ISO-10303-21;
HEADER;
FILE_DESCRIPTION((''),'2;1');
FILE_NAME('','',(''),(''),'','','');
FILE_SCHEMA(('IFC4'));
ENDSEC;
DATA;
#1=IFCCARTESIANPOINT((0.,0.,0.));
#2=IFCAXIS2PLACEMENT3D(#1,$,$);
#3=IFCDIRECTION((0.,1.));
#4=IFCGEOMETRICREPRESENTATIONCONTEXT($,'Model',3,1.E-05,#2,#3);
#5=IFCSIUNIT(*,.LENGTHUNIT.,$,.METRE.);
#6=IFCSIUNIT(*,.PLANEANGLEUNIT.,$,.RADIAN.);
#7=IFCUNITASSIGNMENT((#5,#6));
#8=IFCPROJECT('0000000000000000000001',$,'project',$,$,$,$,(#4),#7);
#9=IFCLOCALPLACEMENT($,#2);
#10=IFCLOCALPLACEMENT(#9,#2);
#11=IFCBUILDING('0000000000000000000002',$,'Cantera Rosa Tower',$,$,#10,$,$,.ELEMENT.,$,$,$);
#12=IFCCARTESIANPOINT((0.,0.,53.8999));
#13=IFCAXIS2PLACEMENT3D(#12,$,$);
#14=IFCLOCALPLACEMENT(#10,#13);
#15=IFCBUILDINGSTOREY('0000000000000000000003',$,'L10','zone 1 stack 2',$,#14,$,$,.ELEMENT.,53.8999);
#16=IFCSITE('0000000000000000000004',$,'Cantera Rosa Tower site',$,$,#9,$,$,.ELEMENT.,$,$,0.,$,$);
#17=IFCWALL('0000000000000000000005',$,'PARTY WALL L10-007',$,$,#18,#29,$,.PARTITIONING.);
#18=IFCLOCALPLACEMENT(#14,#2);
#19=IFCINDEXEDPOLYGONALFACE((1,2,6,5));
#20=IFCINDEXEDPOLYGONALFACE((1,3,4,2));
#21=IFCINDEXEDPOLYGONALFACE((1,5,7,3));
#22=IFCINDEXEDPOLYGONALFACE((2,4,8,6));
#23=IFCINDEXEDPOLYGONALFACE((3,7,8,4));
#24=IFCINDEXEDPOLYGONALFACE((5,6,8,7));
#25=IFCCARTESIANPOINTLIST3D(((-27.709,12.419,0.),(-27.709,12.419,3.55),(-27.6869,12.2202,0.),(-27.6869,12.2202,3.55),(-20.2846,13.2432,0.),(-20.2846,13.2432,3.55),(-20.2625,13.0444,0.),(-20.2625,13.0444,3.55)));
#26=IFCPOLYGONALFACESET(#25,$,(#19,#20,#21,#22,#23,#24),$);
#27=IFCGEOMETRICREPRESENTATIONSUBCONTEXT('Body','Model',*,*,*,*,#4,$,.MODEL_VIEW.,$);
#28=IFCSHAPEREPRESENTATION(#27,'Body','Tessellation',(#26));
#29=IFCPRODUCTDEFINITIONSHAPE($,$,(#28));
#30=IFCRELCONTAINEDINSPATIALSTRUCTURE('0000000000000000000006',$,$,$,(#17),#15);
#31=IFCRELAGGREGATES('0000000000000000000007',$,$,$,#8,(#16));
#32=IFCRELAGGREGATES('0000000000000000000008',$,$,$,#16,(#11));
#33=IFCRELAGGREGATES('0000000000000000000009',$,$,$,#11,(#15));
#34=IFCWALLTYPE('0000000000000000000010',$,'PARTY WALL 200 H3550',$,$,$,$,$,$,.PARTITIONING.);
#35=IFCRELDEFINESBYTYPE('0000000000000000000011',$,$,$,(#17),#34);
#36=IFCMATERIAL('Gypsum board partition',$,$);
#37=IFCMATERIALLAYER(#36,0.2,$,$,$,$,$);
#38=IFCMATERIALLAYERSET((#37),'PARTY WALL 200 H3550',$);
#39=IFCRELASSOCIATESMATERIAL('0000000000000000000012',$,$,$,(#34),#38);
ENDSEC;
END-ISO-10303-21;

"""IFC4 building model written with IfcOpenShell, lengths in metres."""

from ifc_helpers import new_model, si_unit, direction, frame, frame_2d, origin, place, context, subcontext, project, spatial, rectangle, extrude, material, layer, layer_set, type_object, element, save


model = new_model("IFC4")

# Units and contexts
model_context = context("Model", 3, precision=1e-05, world=origin(), true_north=direction((0.0, 1.0)))
body_context = subcontext(model_context, "Body", "Model", "MODEL_VIEW")
ifc_project = project(units=[si_unit("LENGTHUNIT", "METRE"), si_unit("PLANEANGLEUNIT", "RADIAN")], contexts=[model_context])

# Site, building, storey
site_placement = place(None, origin())
site = spatial("IfcSite", under=ifc_project, at=site_placement, Name="Cantera Rosa Tower site", CompositionType="ELEMENT", RefElevation=0.0)
building_placement = place(site_placement, origin())
building = spatial("IfcBuilding", under=site, at=building_placement, Name="Cantera Rosa Tower", CompositionType="ELEMENT")
storey_placement = place(building_placement, frame((0.0, 0.0, 53.8999)))
storey = spatial("IfcBuildingStorey", under=building, at=storey_placement, Name="L10", Description="zone 1 stack 2", CompositionType="ELEMENT", Elevation=53.8999)

# Wall
ifc_material_1 = material(Name="Gypsum board partition")
ifc_layer_1 = layer(ifc_material_1, 0.2)
ifc_layer_set_1 = layer_set([ifc_layer_1], Name="PARTY WALL 200 H3550")
wall_type_1 = type_object("IfcWallType", Name="PARTY WALL 200 H3550", PredefinedType="PARTITIONING", material=ifc_layer_set_1)
wall_1_placement = place(storey_placement, frame((-20.2737, 13.1438, 0.0), z_axis=(0.0, 0.0, 1.0), x_axis=(-0.993894, -0.110338, 0.0)))
element("IfcWall", 1, at=wall_1_placement, inside=storey, type_object=wall_type_1, Name="PARTY WALL L10-007", PredefinedType="PARTITIONING", context=body_context, shape_type="SweptSolid", body=[
    extrude(rectangle(XDim=7.47, YDim=0.2, at=frame_2d((3.7349, 0.0))), origin(), (0.0, 0.0, 1.0), 3.55),
])

save(model, "model.ifc")
